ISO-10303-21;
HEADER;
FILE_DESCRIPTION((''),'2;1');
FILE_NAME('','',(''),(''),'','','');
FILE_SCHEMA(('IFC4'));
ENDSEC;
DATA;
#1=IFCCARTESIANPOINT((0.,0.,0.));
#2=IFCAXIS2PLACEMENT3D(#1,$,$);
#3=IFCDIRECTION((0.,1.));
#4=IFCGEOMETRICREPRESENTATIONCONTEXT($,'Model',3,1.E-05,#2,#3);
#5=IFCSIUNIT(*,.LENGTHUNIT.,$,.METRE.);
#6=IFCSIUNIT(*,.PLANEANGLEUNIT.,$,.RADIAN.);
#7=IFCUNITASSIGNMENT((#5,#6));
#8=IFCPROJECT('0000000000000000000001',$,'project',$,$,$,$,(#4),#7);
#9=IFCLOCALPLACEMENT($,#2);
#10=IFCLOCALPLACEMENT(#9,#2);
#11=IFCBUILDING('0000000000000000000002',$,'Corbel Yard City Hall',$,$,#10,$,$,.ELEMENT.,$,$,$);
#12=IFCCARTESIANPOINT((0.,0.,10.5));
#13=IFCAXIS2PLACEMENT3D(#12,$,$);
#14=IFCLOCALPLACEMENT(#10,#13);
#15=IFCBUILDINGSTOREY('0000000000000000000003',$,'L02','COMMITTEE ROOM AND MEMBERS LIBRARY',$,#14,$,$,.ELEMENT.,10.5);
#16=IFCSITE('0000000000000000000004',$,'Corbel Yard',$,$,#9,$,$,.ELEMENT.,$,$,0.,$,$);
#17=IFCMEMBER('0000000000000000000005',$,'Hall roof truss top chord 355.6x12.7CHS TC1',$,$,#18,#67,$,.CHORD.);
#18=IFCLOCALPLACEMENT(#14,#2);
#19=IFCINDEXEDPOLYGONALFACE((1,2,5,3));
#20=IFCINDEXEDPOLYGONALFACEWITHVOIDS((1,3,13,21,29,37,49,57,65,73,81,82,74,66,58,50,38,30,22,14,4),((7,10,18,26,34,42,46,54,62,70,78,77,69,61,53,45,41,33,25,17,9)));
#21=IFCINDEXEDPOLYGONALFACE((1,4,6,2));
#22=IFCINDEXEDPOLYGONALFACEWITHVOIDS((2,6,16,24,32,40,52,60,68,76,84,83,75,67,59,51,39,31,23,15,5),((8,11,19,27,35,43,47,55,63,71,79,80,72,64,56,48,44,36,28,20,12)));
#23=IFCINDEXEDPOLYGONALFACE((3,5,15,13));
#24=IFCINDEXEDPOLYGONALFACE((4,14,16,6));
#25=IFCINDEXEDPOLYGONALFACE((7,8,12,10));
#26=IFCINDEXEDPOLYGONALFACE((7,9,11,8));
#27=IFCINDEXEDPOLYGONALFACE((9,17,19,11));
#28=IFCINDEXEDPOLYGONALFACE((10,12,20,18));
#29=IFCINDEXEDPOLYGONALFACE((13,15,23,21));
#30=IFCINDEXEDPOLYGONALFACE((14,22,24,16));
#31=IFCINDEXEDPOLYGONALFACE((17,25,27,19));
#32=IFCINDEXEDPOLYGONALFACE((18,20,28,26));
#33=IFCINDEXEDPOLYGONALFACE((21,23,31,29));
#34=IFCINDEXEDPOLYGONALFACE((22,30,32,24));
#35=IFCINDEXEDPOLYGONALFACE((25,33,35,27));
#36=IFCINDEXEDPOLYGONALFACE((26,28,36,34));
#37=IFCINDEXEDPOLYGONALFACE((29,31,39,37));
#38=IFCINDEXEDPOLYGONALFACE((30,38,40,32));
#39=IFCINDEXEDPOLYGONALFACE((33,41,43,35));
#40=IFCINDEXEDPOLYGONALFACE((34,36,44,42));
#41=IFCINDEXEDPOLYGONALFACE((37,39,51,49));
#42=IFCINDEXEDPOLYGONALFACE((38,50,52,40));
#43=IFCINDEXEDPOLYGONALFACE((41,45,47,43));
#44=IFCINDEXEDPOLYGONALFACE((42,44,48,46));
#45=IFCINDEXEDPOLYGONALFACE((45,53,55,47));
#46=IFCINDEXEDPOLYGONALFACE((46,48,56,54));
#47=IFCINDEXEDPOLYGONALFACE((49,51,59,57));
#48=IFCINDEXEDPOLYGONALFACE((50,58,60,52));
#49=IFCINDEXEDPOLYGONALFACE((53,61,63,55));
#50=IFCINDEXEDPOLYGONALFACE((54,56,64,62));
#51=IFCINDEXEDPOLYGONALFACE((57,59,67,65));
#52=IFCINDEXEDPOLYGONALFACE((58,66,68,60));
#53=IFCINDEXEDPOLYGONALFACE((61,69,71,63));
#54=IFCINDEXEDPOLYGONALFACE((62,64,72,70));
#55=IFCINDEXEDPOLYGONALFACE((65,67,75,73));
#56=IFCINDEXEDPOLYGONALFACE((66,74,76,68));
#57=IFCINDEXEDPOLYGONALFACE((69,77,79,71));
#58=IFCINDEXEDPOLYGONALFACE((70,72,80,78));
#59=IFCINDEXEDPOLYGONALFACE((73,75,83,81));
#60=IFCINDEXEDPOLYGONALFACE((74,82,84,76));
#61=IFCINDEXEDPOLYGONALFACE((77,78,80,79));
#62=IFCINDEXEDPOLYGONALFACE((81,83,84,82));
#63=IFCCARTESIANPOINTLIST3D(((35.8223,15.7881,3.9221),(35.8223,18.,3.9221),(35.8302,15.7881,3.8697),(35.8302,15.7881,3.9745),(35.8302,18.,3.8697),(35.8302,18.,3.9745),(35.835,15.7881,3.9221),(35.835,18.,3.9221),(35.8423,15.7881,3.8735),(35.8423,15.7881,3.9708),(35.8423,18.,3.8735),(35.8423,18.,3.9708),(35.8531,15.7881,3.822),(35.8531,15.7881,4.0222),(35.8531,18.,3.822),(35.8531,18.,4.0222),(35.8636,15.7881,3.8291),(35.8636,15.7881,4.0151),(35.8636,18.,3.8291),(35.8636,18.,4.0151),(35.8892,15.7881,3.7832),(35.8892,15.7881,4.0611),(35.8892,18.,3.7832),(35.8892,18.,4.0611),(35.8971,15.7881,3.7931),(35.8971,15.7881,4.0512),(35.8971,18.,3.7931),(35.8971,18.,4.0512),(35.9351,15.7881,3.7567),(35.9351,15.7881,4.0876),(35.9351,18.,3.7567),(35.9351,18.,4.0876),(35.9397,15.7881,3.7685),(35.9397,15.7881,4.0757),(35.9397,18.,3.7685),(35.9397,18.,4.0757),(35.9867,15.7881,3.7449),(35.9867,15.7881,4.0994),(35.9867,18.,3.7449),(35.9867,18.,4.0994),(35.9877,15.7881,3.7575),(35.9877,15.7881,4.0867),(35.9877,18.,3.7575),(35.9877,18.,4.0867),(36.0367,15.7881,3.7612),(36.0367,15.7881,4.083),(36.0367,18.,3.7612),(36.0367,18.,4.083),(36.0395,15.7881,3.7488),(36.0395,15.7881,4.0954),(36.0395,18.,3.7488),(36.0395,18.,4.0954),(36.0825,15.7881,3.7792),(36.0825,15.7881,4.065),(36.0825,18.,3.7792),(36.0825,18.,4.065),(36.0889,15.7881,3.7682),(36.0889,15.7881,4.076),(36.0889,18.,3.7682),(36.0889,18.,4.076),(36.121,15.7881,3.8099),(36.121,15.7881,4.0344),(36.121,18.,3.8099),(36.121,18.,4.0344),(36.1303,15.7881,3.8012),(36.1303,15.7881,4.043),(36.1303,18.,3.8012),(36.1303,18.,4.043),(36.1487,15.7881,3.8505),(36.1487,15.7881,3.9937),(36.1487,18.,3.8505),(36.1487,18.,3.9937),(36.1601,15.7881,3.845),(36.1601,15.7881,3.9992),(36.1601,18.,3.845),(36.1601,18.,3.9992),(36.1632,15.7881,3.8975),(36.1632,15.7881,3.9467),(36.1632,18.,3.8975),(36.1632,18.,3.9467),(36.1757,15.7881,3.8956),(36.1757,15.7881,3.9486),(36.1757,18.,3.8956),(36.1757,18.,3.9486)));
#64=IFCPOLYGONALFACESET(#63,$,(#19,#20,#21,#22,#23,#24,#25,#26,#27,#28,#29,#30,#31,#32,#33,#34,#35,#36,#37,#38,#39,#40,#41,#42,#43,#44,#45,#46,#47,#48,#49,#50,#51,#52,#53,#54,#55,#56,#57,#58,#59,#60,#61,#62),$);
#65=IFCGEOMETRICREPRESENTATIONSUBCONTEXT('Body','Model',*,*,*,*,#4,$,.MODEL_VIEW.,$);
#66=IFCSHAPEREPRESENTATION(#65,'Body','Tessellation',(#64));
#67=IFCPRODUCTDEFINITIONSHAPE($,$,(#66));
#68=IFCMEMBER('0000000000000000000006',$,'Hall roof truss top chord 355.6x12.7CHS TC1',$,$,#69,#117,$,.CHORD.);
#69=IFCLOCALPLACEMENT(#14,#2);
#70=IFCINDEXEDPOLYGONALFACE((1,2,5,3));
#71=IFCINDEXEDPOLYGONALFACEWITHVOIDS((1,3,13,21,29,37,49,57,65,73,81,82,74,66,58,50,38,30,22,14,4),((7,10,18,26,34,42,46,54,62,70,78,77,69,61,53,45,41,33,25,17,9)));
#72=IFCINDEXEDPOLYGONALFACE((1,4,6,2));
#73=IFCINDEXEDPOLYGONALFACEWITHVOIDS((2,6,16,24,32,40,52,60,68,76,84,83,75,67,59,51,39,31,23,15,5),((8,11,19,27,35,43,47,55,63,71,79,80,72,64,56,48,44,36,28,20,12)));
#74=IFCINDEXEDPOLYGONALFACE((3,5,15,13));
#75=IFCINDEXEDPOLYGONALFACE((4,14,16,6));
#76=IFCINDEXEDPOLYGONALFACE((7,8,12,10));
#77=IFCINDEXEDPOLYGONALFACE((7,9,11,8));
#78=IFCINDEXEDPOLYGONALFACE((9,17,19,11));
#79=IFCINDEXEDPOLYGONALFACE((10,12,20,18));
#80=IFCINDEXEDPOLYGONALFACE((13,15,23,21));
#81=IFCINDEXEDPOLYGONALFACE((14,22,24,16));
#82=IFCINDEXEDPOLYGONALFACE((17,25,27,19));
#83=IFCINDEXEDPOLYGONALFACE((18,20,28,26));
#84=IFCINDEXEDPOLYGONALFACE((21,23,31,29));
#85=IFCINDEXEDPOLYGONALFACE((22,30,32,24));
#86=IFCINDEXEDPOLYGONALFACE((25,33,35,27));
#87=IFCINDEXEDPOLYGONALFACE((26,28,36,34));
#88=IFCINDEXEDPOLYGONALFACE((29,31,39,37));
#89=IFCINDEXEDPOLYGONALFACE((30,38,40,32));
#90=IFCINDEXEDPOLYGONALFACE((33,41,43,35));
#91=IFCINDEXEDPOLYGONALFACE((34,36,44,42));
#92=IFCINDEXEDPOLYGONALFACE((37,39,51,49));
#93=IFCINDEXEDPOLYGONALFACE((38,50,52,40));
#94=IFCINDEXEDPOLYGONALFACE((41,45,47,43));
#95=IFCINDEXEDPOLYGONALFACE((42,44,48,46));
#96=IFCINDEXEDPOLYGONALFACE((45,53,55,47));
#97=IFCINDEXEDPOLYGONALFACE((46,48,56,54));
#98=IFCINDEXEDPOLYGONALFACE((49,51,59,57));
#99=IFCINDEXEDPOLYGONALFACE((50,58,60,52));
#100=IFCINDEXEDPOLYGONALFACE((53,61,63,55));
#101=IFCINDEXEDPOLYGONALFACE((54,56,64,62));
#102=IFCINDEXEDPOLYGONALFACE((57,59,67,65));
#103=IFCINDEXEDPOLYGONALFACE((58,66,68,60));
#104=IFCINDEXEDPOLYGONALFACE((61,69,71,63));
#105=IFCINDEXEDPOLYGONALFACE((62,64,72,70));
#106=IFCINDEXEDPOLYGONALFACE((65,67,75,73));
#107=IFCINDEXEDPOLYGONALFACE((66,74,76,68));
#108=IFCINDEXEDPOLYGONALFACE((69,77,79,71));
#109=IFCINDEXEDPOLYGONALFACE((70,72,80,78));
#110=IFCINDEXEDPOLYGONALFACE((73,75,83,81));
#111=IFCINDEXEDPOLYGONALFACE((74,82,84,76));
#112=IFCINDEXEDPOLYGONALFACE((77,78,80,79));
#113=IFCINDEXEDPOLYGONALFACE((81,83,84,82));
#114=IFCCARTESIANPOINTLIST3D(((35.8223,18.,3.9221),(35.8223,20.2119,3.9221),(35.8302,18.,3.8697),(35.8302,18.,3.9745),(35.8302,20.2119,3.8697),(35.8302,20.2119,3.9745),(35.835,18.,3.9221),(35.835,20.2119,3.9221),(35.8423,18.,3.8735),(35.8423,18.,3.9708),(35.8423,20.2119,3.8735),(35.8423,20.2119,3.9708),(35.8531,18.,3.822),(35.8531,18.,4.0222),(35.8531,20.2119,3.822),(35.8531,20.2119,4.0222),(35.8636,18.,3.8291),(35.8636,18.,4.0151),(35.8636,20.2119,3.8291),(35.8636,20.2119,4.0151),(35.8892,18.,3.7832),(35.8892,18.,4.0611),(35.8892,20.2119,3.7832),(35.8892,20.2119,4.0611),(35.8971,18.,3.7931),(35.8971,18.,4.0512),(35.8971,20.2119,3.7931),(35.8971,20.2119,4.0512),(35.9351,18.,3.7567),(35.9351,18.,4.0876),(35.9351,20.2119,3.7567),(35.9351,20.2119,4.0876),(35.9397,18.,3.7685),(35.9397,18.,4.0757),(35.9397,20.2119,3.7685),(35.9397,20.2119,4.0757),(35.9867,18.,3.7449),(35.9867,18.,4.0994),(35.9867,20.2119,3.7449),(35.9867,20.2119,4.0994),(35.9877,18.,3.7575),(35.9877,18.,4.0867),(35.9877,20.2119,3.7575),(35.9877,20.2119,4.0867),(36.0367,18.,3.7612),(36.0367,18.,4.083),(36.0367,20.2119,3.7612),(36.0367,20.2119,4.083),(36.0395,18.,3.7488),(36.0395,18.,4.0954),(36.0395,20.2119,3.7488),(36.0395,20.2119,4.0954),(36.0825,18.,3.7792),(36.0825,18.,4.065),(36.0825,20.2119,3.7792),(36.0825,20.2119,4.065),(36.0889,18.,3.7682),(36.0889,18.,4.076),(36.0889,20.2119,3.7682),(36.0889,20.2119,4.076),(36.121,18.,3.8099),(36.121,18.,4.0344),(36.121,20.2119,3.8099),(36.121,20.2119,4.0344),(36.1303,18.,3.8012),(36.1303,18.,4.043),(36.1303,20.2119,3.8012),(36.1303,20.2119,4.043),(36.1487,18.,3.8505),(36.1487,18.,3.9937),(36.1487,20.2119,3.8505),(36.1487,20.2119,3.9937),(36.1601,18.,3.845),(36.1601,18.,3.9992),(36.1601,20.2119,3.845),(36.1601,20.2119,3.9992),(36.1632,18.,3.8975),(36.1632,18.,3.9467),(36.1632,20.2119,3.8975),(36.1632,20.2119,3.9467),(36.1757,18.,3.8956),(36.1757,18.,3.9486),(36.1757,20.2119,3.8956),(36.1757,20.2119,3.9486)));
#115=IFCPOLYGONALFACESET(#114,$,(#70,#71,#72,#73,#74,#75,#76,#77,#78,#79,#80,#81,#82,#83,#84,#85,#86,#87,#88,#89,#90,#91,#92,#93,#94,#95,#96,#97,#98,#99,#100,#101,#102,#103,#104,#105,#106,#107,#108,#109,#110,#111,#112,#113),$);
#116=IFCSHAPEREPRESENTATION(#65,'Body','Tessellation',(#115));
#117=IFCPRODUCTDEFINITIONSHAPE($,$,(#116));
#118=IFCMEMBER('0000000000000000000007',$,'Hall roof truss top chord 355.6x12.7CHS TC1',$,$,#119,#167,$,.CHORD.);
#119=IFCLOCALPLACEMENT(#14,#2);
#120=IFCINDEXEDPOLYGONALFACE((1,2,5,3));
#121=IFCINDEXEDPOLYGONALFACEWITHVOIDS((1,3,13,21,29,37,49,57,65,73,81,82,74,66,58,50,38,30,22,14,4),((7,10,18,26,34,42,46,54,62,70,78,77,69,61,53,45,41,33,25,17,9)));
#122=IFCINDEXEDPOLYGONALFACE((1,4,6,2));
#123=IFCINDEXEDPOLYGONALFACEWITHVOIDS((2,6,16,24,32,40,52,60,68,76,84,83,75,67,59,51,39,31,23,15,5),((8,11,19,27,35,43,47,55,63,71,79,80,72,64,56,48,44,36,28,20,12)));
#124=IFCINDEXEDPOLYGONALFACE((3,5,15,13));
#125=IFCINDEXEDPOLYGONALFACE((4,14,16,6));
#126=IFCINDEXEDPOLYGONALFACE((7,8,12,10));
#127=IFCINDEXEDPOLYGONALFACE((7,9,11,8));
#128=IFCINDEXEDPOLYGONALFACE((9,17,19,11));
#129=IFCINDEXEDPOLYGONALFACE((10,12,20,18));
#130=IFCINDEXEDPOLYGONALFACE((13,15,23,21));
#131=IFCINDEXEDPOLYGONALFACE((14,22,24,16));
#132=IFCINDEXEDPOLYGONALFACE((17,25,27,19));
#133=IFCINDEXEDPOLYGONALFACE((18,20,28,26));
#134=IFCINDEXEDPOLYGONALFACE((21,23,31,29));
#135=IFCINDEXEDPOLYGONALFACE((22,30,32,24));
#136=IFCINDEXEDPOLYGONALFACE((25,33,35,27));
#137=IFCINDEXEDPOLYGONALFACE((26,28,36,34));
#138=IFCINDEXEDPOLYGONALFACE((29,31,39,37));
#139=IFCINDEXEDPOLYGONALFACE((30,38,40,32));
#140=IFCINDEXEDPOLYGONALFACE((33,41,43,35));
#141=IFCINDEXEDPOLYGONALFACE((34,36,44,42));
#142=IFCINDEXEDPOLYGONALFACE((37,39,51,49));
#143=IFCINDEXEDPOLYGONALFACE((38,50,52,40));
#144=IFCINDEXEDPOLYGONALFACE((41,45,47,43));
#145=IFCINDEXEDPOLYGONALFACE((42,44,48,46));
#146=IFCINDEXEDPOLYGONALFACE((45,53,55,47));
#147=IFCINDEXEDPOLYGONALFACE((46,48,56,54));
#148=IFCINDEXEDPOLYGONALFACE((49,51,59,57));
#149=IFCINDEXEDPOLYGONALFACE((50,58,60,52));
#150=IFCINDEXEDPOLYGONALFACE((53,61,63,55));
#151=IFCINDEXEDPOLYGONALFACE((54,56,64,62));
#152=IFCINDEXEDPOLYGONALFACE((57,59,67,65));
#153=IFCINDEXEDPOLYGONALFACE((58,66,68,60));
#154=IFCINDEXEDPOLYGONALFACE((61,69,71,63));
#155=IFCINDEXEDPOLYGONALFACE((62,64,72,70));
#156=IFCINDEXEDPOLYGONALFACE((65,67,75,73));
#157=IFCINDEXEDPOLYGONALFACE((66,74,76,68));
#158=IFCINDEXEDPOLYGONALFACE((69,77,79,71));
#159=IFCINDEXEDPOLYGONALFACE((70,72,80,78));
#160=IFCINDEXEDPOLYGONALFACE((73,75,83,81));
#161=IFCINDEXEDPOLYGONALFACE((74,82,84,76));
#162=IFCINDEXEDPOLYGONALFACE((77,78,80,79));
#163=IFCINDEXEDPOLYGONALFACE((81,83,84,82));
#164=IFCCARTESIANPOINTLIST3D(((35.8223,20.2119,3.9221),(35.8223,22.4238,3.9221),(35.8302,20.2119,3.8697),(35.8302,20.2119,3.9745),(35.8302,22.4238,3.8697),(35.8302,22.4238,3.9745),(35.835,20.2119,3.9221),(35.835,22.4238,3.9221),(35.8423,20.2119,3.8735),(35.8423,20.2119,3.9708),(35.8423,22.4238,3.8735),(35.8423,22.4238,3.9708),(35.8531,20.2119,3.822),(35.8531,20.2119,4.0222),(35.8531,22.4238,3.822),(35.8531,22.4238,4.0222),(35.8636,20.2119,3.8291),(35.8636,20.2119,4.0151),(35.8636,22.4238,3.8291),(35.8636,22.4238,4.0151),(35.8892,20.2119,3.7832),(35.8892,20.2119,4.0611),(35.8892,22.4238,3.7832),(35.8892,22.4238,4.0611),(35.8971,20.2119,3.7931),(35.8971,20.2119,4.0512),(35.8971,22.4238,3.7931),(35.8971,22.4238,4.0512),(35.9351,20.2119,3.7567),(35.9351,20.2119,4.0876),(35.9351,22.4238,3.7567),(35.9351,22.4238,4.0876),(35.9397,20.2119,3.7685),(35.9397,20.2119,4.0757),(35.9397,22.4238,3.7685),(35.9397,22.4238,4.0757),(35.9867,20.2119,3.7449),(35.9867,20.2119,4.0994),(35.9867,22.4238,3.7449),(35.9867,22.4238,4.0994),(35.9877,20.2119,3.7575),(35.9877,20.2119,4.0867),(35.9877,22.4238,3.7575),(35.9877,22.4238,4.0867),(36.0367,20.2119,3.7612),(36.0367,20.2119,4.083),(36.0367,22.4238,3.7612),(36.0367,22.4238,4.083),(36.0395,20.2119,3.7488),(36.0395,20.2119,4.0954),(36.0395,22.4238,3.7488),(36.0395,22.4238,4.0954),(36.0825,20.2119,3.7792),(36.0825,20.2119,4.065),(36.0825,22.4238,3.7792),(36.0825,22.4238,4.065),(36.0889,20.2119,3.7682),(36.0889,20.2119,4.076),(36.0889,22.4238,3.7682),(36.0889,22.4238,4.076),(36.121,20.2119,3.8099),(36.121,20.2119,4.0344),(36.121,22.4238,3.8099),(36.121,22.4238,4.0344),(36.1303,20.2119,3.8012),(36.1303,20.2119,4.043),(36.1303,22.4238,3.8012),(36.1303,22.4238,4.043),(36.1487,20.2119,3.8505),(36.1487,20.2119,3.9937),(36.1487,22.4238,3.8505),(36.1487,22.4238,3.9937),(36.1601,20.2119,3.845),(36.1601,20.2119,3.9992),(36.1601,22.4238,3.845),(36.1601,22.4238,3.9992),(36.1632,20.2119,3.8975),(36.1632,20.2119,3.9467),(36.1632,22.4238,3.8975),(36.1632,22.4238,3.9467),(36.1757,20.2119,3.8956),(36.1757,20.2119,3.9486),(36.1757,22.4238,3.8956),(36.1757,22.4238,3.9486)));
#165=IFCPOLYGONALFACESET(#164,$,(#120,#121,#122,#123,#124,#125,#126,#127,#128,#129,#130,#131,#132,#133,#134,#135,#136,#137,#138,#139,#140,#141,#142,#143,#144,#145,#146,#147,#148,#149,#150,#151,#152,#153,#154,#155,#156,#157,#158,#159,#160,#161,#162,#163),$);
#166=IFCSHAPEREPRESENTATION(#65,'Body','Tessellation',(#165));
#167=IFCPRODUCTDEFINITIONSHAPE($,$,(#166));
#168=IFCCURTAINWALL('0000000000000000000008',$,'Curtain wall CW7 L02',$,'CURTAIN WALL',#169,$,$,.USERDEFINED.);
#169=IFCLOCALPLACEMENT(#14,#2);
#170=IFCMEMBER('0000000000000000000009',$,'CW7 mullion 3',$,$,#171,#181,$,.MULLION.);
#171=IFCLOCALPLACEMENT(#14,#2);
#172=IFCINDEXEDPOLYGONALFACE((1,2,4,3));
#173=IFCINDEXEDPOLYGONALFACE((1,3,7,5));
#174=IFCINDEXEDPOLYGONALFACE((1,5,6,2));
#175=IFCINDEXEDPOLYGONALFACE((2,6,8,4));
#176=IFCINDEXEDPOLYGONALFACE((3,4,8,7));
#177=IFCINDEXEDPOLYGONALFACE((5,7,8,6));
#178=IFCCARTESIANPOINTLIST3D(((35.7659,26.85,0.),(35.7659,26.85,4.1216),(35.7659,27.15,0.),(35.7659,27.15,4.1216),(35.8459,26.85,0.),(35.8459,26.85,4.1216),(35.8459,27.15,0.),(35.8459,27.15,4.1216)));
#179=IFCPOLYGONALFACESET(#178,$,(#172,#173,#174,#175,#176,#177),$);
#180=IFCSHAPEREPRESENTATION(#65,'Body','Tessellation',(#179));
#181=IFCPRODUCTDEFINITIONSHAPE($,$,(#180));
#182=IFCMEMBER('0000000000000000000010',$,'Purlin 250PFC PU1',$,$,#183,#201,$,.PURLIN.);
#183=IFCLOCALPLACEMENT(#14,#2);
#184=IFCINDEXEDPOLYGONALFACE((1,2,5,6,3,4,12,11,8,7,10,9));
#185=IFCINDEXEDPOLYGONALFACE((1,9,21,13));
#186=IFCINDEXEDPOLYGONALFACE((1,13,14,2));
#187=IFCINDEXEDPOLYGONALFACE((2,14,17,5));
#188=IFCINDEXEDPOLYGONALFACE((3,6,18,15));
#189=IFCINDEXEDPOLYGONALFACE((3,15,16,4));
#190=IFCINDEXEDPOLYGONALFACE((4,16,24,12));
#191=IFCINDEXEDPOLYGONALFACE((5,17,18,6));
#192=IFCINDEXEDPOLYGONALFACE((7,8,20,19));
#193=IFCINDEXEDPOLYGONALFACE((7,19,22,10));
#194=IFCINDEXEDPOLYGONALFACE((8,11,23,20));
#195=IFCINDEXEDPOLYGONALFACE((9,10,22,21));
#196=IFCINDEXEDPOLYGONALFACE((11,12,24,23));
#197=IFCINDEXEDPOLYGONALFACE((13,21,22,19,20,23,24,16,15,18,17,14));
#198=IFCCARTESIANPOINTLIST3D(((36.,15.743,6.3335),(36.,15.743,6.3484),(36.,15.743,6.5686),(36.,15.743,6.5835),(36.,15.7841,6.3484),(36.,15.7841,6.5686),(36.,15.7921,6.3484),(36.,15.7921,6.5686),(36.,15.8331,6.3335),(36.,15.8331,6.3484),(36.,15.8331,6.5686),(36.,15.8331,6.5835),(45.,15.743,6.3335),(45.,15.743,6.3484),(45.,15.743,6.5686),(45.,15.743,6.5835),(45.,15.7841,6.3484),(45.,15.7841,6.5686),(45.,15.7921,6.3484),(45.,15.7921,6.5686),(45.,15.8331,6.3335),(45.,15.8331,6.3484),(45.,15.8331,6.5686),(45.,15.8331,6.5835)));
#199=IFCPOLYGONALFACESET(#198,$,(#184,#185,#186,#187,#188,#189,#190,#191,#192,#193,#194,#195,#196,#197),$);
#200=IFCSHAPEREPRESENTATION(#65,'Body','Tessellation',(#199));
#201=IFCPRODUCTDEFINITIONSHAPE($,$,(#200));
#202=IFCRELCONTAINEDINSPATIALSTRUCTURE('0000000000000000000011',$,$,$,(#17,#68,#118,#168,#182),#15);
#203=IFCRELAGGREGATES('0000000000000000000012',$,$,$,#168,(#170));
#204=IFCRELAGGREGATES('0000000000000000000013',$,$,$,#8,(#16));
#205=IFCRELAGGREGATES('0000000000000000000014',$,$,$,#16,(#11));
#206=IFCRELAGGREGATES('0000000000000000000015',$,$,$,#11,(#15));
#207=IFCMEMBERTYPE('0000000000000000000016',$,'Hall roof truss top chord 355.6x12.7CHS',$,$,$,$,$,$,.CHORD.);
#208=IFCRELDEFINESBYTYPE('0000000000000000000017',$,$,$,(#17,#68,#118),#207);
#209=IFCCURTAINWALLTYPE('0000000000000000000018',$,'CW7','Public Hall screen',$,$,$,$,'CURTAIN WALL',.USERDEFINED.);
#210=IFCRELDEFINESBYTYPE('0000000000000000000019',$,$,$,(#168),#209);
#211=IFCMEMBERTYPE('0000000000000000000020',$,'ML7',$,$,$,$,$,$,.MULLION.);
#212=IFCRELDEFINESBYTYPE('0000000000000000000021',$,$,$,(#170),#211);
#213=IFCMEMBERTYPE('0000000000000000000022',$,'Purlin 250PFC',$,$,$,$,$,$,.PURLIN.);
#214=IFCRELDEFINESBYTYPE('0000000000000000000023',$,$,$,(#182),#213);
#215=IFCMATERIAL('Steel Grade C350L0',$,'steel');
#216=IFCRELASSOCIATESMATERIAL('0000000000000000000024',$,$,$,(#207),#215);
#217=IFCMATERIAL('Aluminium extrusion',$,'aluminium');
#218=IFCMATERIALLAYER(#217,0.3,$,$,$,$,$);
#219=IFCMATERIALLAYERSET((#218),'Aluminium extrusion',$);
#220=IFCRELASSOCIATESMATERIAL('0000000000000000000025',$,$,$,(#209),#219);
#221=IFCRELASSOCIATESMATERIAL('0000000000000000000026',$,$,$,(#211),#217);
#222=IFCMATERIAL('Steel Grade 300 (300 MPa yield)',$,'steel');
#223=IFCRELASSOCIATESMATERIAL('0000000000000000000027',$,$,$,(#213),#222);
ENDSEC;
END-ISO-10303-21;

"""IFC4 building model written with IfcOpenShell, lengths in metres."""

from ifc_helpers import new_model, si_unit, direction, frame, origin, origin_2d, place, context, subcontext, project, spatial, rectangle, hollow_circle, i_section, extrude, material, layer, layer_set, material_profile, profile_set, type_object, element, aggregate, save


model = new_model("IFC4")

# Units and contexts
model_context = context("Model", 3, precision=1e-05, world=origin(), true_north=direction((0.0, 1.0)))
body_context = subcontext(model_context, "Body", "Model", "MODEL_VIEW")
ifc_project = project(units=[si_unit("LENGTHUNIT", "METRE"), si_unit("PLANEANGLEUNIT", "RADIAN")], contexts=[model_context])

# Site, building, storey
site_placement = place(None, origin())
site = spatial("IfcSite", under=ifc_project, at=site_placement, Name="Corbel Yard", CompositionType="ELEMENT", RefElevation=0.0)
building_placement = place(site_placement, origin())
building = spatial("IfcBuilding", under=site, at=building_placement, Name="Corbel Yard City Hall", CompositionType="ELEMENT")
storey_placement = place(building_placement, frame((0.0, 0.0, 10.5)))
storey = spatial("IfcBuildingStorey", under=building, at=storey_placement, Name="L02", Description="COMMITTEE ROOM AND MEMBERS LIBRARY", CompositionType="ELEMENT", Elevation=10.5)

# Members
ifc_material_1 = material(Name="Steel Grade C350L0", Category="steel")
ifc_material_profile_1 = material_profile(ifc_material_1, hollow_circle(Radius=0.1777, WallThickness=0.0127, at=origin_2d()), Name="355.6x12.7CHS")
ifc_profile_set_1 = profile_set([ifc_material_profile_1], Name="Steel Grade C350L0")
member_type_1 = type_object("IfcMemberType", Name="Hall roof truss top chord 355.6x12.7CHS", PredefinedType="CHORD", material=ifc_profile_set_1)
for number, where, z_axis, x_axis, name in (
    (1, (36.0, 15.7881, 3.9221), (0.0, 1.0, 0.0), (-1.0, 0.0, 0.0), "Hall roof truss top chord 355.6x12.7CHS TC1"),
    (2, (36.0, 18.0, 3.9221), (0.0, 1.0, 0.0), (-1.0, 0.0, 0.0), "Hall roof truss top chord 355.6x12.7CHS TC1"),
    (3, (36.0, 20.2119, 3.9221), (0.0, 1.0, 0.0), (-1.0, 0.0, 0.0), "Hall roof truss top chord 355.6x12.7CHS TC1"),
):
    element("IfcMember", number, at=place(storey_placement, frame(where, z_axis=z_axis, x_axis=x_axis)), inside=storey, type_object=member_type_1, Name=name, PredefinedType="CHORD", context=body_context, shape_type="SweptSolid", body=[
        extrude(hollow_circle(Radius=0.1777, WallThickness=0.0127, at=origin_2d()), origin(), (0.0, 0.0, 1.0), 2.2119),
    ])

# Curtain wall, member
ifc_material_2 = material(Name="Aluminium extrusion", Category="aluminium")
ifc_layer_1 = layer(ifc_material_2, 0.3)
ifc_layer_set_1 = layer_set([ifc_layer_1], Name="Aluminium extrusion")
curtain_wall_type = type_object("IfcCurtainWallType", Name="CW7", Description="Public Hall screen", ElementType="CURTAIN WALL", PredefinedType="USERDEFINED", material=ifc_layer_set_1)
curtain_wall_placement = place(storey_placement, origin())
curtain_wall = element("IfcCurtainWall", 4, at=curtain_wall_placement, inside=storey, type_object=curtain_wall_type, Name="Curtain wall CW7 L02", ObjectType="CURTAIN WALL", PredefinedType="USERDEFINED")
ifc_material_profile_2 = material_profile(ifc_material_2, rectangle(XDim=0.3, YDim=0.0801, at=origin_2d()), Name="300x80")
ifc_profile_set_2 = profile_set([ifc_material_profile_2], Name="Aluminium extrusion")
member_type_2 = type_object("IfcMemberType", Name="ML7", PredefinedType="MULLION", material=ifc_profile_set_2)
member_1_placement = place(storey_placement, frame((35.8059, 27.0, 0.0), z_axis=(0.0, 0.0, 1.0), x_axis=(0.0, 1.0, 0.0)))
member_1 = element("IfcMember", 5, at=member_1_placement, type_object=member_type_2, Name="CW7 mullion 3", PredefinedType="MULLION", context=body_context, shape_type="SweptSolid", body=[
    extrude(rectangle(XDim=0.3, YDim=0.0801, at=origin_2d()), origin(), (0.0, 0.0, 1.0), 4.1216),
])

# Member
ifc_material_3 = material(Name="Steel Grade 300 (300 MPa yield)", Category="steel")
ifc_material_profile_3 = material_profile(ifc_material_3, i_section(OverallWidth=0.0901, OverallDepth=0.25, WebThickness=0.0081, FlangeThickness=0.0149, at=origin_2d()), Name="250PFC")
ifc_profile_set_3 = profile_set([ifc_material_profile_3], Name="Steel Grade 300 (300 MPa yield)")
member_type_3 = type_object("IfcMemberType", Name="Purlin 250PFC", PredefinedType="PURLIN", material=ifc_profile_set_3)
for number, where, z_axis, x_axis, name in (
    (6, (36.0, 15.7881, 6.4585), (1.0, 0.0, 0.0), (0.0, 1.0, 0.0), "Purlin 250PFC PU1"),
):
    element("IfcMember", number, at=place(storey_placement, frame(where, z_axis=z_axis, x_axis=x_axis)), inside=storey, type_object=member_type_3, Name=name, PredefinedType="PURLIN", context=body_context, shape_type="SweptSolid", body=[
        extrude(i_section(OverallWidth=0.0901, OverallDepth=0.25, WebThickness=0.0081, FlangeThickness=0.0149, at=origin_2d()), origin(), (0.0, 0.0, 1.0), 9.0),
    ])

aggregate(curtain_wall, [member_1])

save(model, "model.ifc")
